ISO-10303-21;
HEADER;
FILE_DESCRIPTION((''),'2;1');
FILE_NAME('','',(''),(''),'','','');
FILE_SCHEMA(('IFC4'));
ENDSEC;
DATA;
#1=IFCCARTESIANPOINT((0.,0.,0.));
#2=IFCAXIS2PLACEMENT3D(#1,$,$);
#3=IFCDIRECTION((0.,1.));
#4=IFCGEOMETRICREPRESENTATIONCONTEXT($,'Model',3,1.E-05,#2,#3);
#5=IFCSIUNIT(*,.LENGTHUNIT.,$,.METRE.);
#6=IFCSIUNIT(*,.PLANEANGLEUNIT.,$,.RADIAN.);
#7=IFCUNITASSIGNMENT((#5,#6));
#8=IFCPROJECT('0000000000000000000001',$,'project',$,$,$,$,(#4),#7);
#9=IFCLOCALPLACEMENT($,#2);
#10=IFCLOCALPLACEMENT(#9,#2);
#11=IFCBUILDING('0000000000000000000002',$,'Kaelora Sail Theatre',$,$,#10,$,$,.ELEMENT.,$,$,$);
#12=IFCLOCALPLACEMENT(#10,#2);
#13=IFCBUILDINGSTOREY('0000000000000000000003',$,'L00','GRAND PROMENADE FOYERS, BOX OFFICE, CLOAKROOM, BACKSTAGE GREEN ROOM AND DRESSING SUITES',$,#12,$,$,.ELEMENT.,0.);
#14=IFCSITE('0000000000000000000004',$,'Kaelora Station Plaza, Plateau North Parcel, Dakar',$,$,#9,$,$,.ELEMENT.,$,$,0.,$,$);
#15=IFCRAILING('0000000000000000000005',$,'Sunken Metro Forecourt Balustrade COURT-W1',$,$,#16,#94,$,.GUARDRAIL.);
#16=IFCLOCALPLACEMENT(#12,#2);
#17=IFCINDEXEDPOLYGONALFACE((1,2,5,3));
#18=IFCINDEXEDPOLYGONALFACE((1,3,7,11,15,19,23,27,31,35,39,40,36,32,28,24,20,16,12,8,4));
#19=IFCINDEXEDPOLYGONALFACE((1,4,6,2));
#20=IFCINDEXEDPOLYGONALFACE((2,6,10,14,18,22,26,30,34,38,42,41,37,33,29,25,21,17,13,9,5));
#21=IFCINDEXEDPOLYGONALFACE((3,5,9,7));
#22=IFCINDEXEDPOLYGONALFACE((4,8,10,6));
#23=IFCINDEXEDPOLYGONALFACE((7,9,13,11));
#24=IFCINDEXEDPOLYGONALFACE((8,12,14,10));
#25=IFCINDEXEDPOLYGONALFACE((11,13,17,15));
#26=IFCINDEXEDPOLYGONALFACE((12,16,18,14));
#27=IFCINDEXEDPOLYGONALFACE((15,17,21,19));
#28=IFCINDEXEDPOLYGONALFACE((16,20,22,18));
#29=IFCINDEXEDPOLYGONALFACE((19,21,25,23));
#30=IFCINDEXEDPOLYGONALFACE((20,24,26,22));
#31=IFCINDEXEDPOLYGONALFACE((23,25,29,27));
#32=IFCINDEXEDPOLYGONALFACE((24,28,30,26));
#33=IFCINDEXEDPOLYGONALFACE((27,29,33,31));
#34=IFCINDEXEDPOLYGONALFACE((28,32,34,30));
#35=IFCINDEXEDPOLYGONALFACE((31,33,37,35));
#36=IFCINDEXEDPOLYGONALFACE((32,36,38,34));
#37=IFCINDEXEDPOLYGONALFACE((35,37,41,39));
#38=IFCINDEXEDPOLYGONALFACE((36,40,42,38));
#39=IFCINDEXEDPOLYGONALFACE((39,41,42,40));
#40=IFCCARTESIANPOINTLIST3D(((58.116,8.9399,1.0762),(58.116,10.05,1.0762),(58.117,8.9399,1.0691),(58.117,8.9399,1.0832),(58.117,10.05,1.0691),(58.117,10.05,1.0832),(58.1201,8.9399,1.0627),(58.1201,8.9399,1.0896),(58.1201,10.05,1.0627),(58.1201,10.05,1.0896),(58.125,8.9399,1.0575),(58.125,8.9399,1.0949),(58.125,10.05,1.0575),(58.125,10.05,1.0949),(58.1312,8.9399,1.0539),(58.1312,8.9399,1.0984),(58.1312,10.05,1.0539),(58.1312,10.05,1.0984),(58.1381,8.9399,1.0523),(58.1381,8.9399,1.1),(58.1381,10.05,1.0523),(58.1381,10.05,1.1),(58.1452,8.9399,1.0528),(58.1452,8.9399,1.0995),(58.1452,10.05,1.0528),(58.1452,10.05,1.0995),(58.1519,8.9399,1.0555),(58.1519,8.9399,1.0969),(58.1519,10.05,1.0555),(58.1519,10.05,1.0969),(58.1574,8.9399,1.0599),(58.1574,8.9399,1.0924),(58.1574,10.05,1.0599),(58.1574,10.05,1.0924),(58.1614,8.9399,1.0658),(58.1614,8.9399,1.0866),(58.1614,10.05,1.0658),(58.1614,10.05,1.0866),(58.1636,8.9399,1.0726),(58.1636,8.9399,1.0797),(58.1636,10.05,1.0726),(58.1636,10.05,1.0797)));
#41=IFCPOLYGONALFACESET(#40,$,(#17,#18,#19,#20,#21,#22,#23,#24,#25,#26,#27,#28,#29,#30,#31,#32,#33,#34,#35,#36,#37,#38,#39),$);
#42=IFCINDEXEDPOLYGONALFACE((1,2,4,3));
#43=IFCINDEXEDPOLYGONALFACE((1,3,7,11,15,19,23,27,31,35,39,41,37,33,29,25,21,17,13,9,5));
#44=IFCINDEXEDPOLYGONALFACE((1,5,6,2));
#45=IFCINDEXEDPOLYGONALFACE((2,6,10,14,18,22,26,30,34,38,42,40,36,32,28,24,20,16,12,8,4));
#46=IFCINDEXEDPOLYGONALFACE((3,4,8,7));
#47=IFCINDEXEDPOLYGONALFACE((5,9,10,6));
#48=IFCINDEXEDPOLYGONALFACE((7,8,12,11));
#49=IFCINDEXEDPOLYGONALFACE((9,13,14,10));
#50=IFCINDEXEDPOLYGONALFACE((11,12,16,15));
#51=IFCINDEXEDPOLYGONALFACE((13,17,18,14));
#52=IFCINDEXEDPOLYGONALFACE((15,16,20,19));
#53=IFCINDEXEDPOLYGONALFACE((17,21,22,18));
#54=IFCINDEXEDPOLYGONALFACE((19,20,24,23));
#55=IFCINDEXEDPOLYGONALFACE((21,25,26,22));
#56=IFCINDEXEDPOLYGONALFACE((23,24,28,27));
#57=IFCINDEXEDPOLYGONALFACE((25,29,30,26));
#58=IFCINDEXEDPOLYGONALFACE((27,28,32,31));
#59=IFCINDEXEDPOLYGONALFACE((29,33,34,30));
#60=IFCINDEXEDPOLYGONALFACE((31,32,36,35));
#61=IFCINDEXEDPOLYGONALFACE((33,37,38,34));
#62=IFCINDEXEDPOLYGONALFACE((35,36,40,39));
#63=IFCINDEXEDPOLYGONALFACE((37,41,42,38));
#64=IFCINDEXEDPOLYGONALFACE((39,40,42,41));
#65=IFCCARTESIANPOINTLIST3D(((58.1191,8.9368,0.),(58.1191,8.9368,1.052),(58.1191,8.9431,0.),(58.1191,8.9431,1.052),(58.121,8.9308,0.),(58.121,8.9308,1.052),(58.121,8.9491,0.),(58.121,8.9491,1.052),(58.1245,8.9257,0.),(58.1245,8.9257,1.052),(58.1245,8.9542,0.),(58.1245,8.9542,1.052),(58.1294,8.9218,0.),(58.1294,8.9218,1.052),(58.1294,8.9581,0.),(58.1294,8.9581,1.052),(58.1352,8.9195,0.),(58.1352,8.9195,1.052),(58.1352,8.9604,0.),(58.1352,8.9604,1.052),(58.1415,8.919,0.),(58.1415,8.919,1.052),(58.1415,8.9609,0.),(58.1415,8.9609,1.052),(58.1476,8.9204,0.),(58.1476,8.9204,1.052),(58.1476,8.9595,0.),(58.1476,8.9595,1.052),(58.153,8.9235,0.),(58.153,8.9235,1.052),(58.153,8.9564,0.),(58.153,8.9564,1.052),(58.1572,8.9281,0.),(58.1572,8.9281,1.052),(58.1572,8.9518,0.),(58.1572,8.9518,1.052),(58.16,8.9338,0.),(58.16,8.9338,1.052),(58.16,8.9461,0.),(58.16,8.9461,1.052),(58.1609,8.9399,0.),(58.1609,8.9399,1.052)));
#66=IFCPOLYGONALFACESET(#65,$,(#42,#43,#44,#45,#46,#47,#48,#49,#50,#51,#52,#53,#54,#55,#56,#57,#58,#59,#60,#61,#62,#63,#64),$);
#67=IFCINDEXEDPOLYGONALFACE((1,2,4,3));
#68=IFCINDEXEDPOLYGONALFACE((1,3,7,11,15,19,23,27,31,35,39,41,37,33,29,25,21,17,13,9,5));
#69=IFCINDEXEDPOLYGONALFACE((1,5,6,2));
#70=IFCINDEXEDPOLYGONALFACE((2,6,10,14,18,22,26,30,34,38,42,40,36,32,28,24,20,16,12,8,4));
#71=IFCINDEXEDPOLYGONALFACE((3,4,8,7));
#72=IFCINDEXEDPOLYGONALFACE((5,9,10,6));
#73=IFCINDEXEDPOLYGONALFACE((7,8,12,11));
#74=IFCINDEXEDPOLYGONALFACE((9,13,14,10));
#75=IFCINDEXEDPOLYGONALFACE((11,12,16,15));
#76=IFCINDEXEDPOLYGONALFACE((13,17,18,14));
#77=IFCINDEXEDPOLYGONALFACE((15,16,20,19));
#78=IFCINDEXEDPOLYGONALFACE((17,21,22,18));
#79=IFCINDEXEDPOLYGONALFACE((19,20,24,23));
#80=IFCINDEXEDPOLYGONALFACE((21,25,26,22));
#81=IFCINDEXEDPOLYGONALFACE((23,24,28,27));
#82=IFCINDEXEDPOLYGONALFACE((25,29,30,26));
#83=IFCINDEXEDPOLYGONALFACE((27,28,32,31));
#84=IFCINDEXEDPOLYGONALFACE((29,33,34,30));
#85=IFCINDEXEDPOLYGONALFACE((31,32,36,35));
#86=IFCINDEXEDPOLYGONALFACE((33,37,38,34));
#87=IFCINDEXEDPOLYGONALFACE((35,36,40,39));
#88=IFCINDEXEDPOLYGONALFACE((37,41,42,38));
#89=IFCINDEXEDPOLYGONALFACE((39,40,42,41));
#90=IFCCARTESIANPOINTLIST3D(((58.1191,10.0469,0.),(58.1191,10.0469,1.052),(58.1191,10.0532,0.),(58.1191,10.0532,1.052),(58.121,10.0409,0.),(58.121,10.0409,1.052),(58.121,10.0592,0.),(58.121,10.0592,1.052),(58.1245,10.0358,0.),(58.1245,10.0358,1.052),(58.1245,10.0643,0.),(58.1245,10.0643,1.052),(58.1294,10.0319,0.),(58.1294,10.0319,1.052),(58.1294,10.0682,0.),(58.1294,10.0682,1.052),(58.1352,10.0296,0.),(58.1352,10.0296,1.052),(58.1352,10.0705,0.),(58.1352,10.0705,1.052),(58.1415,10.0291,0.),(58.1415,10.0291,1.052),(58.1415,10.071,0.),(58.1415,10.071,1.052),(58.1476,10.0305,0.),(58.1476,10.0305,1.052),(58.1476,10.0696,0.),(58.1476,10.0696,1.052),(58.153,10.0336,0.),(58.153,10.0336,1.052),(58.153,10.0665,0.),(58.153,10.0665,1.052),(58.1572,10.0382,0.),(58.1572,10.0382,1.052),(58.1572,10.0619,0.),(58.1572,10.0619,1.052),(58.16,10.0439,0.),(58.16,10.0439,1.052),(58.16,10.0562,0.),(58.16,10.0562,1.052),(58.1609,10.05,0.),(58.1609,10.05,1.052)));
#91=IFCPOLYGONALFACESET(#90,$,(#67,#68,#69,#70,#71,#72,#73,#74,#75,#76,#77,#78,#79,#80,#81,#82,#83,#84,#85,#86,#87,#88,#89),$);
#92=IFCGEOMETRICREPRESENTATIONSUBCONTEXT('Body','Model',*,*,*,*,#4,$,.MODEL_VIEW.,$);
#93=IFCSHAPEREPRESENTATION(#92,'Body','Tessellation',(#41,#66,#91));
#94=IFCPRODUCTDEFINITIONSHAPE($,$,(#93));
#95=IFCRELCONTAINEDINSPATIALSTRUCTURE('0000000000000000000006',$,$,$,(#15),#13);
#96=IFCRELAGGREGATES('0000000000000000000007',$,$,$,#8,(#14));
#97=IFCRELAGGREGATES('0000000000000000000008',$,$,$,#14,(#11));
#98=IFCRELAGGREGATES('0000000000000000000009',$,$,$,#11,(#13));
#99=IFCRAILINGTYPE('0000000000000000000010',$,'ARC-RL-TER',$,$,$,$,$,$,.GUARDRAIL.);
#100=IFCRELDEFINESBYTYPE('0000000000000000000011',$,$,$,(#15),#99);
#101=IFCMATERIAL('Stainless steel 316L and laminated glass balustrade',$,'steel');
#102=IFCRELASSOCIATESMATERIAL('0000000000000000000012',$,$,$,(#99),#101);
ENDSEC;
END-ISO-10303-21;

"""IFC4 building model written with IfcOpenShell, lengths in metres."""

from ifc_helpers import new_model, si_unit, direction, frame, origin, origin_2d, place, context, subcontext, project, spatial, circle, extrude, material, type_object, element, save


model = new_model("IFC4")

# Units and contexts
model_context = context("Model", 3, precision=1e-05, world=origin(), true_north=direction((0.0, 1.0)))
body_context = subcontext(model_context, "Body", "Model", "MODEL_VIEW")
ifc_project = project(units=[si_unit("LENGTHUNIT", "METRE"), si_unit("PLANEANGLEUNIT", "RADIAN")], contexts=[model_context])

# Site, building, storey
site_placement = place(None, origin())
site = spatial("IfcSite", under=ifc_project, at=site_placement, Name="Kaelora Station Plaza, Plateau North Parcel, Dakar", CompositionType="ELEMENT", RefElevation=0.0)
building_placement = place(site_placement, origin())
building = spatial("IfcBuilding", under=site, at=building_placement, Name="Kaelora Sail Theatre", CompositionType="ELEMENT")
storey_placement = place(building_placement, origin())
storey = spatial("IfcBuildingStorey", under=building, at=storey_placement, Name="L00", Description="GRAND PROMENADE FOYERS, BOX OFFICE, CLOAKROOM, BACKSTAGE GREEN ROOM AND DRESSING SUITES", CompositionType="ELEMENT", Elevation=0.0)

# Railing
ifc_material_1 = material(Name="Stainless steel 316L and laminated glass balustrade", Category="steel")
railing_type = type_object("IfcRailingType", Name="ARC-RL-TER", PredefinedType="GUARDRAIL", material=ifc_material_1)
railing_1_placement = place(storey_placement, frame((58.1399, 8.9399, 0.0)))
element("IfcRailing", 1, at=railing_1_placement, inside=storey, type_object=railing_type, Name="Sunken Metro Forecourt Balustrade COURT-W1", PredefinedType="GUARDRAIL", context=body_context, shape_type="SweptSolid", body=[
    extrude(circle(Radius=0.0239, at=origin_2d()), frame((0.0, 0.0, 1.0762), z_axis=(0.0, 1.0, 0.0), x_axis=(-1.0, 0.0, 0.0)), (0.0, 0.0, 1.0), 1.1101),
    extrude(circle(Radius=0.021, at=origin_2d()), origin(), (0.0, 0.0, 1.0), 1.052),
    extrude(circle(Radius=0.021, at=origin_2d()), frame((0.0, 1.1101, 0.0)), (0.0, 0.0, 1.0), 1.052),
])

save(model, "model.ifc")
